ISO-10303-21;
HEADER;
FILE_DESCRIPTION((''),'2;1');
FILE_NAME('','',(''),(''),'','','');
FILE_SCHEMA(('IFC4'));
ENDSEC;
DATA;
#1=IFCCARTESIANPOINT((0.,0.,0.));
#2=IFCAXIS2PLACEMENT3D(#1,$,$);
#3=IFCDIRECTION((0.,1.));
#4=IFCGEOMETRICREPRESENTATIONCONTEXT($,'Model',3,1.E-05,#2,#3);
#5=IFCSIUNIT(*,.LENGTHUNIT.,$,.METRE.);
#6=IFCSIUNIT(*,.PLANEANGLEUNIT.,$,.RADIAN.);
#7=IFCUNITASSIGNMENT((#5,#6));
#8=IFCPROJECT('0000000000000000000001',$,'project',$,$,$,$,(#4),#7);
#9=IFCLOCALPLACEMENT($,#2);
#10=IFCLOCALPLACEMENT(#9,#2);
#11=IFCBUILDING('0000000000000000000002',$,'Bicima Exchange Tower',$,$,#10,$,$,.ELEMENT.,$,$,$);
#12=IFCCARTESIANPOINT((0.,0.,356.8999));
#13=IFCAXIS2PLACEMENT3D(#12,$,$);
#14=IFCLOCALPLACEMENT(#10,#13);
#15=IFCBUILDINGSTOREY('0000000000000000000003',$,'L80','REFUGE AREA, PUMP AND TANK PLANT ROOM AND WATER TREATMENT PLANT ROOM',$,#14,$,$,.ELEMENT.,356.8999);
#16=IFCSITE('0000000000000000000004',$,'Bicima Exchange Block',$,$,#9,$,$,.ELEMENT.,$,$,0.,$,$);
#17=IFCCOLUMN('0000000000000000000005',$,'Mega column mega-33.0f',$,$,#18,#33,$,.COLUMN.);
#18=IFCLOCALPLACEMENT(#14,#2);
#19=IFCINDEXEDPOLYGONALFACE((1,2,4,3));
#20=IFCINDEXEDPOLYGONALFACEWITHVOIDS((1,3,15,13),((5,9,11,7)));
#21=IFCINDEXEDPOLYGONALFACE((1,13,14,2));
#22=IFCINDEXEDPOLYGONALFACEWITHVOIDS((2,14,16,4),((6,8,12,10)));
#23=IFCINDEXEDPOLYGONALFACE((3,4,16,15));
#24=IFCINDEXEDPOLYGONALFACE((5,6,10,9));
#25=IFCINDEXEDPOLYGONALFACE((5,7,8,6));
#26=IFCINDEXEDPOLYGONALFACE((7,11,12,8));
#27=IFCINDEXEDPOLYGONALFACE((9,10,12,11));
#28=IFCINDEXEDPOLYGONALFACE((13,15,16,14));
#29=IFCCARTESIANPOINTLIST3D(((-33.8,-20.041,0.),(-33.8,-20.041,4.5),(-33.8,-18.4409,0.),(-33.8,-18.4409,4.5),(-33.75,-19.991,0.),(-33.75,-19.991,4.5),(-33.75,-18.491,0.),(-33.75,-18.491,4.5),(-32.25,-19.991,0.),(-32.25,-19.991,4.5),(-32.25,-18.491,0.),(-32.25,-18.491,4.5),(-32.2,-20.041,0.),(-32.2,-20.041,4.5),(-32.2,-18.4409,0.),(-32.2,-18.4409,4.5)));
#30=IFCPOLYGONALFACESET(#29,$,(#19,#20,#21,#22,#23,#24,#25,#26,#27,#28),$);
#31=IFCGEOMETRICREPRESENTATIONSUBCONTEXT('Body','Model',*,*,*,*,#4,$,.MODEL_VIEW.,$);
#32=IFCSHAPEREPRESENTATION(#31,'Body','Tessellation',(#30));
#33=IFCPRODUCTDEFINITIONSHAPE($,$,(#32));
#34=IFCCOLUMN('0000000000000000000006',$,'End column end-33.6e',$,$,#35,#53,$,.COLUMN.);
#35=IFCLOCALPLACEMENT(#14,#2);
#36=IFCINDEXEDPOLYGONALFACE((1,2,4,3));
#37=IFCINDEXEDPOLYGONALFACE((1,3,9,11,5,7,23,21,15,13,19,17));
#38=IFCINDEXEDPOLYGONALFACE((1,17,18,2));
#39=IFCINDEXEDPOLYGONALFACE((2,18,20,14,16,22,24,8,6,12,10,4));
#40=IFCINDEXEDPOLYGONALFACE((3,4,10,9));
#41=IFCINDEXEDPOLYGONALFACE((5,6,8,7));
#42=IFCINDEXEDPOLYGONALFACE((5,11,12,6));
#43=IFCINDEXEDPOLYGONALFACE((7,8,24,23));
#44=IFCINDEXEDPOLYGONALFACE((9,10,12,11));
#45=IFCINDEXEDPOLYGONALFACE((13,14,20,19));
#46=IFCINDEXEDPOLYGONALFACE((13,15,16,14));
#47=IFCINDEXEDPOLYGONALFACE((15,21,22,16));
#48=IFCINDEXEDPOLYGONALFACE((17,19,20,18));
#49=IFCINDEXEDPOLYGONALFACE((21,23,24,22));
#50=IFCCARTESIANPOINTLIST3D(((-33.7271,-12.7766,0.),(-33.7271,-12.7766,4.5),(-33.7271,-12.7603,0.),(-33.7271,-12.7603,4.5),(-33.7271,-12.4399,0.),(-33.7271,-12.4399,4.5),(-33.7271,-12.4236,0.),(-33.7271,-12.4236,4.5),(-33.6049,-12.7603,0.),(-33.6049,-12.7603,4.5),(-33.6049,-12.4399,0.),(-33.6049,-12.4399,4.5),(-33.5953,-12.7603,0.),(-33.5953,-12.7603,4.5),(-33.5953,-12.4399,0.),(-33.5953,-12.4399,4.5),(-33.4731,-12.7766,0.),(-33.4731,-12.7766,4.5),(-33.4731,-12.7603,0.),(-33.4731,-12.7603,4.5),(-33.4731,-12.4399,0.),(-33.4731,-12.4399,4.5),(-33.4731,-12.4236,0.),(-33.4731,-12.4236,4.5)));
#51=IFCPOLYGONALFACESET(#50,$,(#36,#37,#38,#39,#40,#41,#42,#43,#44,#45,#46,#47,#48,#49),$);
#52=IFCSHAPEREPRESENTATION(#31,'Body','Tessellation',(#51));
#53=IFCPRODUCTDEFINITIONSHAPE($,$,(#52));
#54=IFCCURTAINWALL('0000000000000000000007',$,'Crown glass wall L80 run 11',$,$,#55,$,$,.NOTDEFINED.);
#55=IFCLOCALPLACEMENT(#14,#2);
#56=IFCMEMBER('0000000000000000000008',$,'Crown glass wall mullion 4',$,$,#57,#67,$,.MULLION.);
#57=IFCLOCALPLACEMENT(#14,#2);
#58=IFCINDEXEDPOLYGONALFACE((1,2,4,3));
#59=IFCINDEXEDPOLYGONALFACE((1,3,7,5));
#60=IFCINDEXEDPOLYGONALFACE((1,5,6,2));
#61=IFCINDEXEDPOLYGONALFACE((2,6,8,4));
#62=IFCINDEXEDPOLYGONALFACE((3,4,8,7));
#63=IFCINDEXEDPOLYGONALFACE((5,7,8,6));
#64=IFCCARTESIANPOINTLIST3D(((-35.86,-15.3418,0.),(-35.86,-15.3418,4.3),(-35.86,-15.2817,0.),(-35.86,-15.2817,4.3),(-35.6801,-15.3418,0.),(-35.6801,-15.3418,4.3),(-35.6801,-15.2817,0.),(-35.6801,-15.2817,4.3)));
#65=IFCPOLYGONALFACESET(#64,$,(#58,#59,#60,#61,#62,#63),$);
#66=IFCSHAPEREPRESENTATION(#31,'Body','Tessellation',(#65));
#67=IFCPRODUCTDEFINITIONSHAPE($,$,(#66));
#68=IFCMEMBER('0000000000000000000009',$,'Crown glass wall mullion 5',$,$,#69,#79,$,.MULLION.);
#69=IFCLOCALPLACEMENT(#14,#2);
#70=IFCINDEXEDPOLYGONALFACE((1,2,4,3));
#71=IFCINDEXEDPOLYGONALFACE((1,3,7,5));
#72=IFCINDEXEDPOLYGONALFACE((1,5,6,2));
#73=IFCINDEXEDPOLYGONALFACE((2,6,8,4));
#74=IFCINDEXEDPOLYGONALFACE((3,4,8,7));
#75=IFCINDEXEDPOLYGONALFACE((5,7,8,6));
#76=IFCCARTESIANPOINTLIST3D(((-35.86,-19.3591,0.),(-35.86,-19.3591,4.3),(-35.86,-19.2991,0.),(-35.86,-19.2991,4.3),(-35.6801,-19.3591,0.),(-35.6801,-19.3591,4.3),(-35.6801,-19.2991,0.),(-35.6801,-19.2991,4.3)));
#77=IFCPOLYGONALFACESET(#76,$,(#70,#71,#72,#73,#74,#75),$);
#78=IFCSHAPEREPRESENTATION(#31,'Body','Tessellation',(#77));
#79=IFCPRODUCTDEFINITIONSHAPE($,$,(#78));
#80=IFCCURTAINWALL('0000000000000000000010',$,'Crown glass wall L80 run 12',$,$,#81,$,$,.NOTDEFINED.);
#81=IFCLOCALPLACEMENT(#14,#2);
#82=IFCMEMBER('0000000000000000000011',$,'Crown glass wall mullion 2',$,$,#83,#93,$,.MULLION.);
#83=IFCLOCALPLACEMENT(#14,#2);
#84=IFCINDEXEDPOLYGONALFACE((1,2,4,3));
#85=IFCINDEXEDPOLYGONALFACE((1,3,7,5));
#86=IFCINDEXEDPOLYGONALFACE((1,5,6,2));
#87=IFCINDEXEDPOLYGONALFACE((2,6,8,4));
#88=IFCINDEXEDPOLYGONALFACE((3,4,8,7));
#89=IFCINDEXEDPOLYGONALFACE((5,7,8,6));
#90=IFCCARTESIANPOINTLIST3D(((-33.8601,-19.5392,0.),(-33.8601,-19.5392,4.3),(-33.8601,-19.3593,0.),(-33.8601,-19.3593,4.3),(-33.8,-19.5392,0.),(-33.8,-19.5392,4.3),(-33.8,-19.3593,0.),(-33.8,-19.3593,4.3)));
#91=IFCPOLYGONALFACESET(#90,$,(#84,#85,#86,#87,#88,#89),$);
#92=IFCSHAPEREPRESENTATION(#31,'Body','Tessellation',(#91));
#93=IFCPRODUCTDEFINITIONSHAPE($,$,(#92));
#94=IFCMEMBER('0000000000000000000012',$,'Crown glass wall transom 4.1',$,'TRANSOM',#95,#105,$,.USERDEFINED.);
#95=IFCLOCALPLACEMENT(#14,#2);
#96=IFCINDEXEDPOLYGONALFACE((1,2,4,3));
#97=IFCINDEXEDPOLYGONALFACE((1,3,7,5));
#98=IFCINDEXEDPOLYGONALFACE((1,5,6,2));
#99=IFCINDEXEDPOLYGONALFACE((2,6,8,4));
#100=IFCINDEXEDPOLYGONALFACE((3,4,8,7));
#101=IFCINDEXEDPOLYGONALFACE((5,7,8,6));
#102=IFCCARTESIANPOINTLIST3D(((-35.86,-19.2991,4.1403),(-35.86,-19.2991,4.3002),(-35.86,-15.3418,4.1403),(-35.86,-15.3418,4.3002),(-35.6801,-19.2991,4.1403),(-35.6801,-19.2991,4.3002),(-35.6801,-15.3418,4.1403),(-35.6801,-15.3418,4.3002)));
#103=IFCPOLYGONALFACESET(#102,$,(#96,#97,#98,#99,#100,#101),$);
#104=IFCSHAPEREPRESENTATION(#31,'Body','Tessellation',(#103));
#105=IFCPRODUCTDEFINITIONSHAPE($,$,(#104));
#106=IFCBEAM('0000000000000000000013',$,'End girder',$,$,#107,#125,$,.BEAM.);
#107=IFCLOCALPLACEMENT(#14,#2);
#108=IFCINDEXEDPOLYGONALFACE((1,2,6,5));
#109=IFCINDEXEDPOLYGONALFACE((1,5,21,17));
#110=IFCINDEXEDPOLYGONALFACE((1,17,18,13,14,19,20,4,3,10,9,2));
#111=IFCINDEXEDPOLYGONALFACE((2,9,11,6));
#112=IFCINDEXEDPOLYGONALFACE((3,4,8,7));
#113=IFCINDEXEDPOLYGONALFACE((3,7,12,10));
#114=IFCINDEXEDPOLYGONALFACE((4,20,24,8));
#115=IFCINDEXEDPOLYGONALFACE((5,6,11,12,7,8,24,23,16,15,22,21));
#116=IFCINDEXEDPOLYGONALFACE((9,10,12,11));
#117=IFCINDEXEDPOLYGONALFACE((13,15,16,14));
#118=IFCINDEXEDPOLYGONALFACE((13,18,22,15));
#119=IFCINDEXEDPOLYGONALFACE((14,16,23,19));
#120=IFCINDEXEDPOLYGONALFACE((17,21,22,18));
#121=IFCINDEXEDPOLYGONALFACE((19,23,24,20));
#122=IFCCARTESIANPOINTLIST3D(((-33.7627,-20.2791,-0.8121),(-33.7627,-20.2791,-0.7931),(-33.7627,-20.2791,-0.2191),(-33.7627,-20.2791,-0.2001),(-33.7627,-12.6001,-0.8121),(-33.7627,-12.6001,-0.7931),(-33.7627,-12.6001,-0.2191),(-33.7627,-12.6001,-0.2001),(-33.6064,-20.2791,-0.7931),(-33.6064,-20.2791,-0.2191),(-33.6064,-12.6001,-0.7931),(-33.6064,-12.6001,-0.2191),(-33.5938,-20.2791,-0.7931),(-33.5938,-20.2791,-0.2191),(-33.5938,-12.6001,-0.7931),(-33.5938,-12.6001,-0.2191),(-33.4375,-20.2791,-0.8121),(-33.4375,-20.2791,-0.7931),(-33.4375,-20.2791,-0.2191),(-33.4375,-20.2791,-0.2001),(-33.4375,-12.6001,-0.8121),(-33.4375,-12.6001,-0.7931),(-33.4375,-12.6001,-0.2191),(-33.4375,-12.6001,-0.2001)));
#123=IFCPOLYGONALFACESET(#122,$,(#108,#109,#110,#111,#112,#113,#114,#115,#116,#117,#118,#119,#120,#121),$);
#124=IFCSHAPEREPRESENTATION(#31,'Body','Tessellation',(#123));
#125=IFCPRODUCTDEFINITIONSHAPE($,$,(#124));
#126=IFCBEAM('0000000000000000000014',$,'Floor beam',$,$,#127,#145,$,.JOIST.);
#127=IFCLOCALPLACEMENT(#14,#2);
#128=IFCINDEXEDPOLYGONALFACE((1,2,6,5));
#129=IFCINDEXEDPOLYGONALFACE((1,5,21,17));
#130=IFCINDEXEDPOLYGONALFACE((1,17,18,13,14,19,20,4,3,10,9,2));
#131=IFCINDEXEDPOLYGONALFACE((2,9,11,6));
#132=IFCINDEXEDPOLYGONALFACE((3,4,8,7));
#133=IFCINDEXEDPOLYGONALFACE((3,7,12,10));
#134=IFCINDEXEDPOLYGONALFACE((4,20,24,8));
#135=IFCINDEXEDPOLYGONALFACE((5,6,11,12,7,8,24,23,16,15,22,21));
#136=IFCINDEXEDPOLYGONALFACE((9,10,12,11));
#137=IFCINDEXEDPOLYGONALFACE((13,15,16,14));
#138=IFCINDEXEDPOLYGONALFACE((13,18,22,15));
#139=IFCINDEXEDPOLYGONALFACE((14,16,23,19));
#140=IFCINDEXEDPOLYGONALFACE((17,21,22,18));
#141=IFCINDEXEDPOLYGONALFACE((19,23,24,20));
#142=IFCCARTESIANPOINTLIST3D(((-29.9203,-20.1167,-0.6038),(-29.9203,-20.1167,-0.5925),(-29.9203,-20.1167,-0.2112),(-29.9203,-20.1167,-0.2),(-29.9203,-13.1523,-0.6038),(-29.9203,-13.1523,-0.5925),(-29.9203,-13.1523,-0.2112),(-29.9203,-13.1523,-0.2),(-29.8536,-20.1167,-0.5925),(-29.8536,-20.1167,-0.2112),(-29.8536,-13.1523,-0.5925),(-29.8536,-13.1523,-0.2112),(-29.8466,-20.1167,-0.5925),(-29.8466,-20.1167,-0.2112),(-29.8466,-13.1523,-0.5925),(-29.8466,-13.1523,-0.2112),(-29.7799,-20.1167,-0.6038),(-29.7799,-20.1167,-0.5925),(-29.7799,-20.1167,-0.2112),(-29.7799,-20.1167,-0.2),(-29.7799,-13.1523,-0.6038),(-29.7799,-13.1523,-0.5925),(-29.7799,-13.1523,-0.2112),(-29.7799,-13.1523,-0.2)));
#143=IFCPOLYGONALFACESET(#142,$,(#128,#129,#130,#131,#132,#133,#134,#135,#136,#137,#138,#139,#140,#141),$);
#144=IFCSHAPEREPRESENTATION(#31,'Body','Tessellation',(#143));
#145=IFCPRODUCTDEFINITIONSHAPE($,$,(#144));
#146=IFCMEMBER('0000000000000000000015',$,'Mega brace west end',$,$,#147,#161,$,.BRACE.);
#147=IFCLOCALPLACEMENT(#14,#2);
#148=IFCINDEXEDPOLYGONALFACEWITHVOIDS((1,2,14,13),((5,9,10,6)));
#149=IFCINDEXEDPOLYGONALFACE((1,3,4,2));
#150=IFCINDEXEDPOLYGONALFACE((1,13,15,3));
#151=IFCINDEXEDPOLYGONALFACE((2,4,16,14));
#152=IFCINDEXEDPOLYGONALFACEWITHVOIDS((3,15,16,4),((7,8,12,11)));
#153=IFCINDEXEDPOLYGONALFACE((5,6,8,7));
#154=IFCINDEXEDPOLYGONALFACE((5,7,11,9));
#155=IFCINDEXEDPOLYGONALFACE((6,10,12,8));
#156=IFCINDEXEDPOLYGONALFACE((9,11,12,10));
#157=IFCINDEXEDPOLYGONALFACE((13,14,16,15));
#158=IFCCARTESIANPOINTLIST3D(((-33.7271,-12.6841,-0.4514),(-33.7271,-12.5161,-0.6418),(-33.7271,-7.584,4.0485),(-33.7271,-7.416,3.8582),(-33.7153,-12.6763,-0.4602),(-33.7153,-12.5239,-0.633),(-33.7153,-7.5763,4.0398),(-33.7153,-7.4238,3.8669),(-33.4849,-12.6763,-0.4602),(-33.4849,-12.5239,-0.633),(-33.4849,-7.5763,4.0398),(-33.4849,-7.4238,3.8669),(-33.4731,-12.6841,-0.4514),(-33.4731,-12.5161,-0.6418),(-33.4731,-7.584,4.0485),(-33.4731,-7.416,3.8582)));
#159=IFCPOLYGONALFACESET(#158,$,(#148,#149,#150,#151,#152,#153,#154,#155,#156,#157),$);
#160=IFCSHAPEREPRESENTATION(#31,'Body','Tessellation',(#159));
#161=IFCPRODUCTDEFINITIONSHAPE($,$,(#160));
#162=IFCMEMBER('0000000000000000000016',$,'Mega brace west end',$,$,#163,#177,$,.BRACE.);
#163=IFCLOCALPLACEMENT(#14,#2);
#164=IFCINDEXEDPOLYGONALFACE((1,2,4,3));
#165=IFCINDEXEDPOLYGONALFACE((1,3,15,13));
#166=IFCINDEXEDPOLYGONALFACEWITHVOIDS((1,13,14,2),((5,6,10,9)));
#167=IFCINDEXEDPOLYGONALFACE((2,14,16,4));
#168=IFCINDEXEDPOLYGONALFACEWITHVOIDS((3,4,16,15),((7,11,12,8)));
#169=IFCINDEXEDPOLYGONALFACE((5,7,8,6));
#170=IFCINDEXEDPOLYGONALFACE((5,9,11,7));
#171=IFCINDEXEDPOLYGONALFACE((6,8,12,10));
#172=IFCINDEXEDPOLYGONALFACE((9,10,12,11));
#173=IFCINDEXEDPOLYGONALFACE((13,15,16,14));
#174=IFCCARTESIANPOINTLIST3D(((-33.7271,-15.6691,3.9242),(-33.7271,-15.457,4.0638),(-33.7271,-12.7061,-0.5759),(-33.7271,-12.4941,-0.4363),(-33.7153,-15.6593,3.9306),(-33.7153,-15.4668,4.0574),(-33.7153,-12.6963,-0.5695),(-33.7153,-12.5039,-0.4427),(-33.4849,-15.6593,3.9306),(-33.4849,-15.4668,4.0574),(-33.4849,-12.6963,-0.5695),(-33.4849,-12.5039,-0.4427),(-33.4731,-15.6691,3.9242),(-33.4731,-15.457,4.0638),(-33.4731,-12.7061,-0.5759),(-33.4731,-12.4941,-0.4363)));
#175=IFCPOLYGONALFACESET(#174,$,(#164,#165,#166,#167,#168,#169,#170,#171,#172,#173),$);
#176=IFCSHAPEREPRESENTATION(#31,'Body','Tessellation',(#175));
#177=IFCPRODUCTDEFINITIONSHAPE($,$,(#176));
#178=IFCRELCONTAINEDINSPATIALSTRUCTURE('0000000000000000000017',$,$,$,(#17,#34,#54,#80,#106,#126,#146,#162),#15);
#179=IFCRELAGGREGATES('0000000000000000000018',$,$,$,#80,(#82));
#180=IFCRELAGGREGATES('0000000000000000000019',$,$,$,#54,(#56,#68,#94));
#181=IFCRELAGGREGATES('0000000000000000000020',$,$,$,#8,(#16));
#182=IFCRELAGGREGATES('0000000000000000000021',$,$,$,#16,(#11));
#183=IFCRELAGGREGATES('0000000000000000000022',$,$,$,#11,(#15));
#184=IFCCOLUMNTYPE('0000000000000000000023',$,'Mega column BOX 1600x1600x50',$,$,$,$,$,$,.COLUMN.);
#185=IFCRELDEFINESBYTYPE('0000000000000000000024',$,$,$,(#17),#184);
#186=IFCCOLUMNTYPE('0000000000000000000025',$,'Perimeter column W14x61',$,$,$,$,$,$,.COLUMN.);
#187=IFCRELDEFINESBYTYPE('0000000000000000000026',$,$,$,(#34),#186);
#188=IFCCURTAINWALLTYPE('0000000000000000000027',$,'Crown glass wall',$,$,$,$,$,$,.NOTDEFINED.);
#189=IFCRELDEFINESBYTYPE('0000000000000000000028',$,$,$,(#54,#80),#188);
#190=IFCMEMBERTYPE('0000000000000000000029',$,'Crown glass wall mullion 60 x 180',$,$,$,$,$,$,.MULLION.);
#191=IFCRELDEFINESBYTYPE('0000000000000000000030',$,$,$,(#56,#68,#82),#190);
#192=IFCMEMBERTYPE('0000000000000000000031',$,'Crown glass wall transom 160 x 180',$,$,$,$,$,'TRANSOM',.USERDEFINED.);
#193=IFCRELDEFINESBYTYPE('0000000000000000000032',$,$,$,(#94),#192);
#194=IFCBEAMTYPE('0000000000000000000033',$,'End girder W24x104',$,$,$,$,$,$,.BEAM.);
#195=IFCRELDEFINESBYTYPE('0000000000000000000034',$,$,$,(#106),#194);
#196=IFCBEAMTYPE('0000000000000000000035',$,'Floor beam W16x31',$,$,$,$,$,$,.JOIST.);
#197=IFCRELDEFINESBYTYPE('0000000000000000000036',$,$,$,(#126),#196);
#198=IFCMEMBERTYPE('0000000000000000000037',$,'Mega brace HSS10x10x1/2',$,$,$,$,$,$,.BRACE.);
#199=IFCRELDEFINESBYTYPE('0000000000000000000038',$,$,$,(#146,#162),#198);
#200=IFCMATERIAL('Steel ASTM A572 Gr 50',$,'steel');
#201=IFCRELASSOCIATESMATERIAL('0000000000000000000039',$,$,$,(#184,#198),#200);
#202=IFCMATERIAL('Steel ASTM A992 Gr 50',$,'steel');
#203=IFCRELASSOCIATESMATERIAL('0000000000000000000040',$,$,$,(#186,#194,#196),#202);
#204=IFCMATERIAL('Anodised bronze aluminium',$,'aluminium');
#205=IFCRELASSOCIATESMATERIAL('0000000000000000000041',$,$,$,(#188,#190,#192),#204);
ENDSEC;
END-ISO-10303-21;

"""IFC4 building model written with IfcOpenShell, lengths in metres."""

from ifc_helpers import new_model, si_unit, direction, frame, origin, origin_2d, place, context, subcontext, project, spatial, rectangle, hollow_rectangle, i_section, extrude, material, material_profile, profile_set, type_object, element, aggregate, save


model = new_model("IFC4")

# Units and contexts
model_context = context("Model", 3, precision=1e-05, world=origin(), true_north=direction((0.0, 1.0)))
body_context = subcontext(model_context, "Body", "Model", "MODEL_VIEW")
ifc_project = project(units=[si_unit("LENGTHUNIT", "METRE"), si_unit("PLANEANGLEUNIT", "RADIAN")], contexts=[model_context])

# Site, building, storey
site_placement = place(None, origin())
site = spatial("IfcSite", under=ifc_project, at=site_placement, Name="Bicima Exchange Block", CompositionType="ELEMENT", RefElevation=0.0)
building_placement = place(site_placement, origin())
building = spatial("IfcBuilding", under=site, at=building_placement, Name="Bicima Exchange Tower", CompositionType="ELEMENT")
storey_placement = place(building_placement, frame((0.0, 0.0, 356.8999)))
storey = spatial("IfcBuildingStorey", under=building, at=storey_placement, Name="L80", Description="REFUGE AREA, PUMP AND TANK PLANT ROOM AND WATER TREATMENT PLANT ROOM", CompositionType="ELEMENT", Elevation=356.8999)

# Columns
ifc_material_1 = material(Name="Steel ASTM A572 Gr 50", Category="steel")
ifc_material_profile_1 = material_profile(ifc_material_1, hollow_rectangle(XDim=1.6001, YDim=1.6001, WallThickness=0.05, at=origin_2d()))
ifc_profile_set_1 = profile_set([ifc_material_profile_1], Name="Steel ASTM A572 Gr 50")
column_type_1 = type_object("IfcColumnType", Name="Mega column BOX 1600x1600x50", PredefinedType="COLUMN", material=ifc_profile_set_1)
column_1_placement = place(storey_placement, frame((-33.0, -19.241, 0.0), z_axis=(0.0, 0.0, 1.0), x_axis=(1.0, 0.0, 0.0)))
element("IfcColumn", 1, at=column_1_placement, inside=storey, type_object=column_type_1, Name="Mega column mega-33.0f", PredefinedType="COLUMN", context=body_context, shape_type="SweptSolid", body=[
    extrude(hollow_rectangle(XDim=1.6001, YDim=1.6001, WallThickness=0.05, at=origin_2d()), origin(), (0.0, 0.0, 1.0), 4.5),
])
ifc_material_2 = material(Name="Steel ASTM A992 Gr 50", Category="steel")
ifc_material_profile_2 = material_profile(ifc_material_2, i_section(OverallWidth=0.2539, OverallDepth=0.353, WebThickness=0.0095, FlangeThickness=0.0164, at=origin_2d()))
ifc_profile_set_2 = profile_set([ifc_material_profile_2], Name="Steel ASTM A992 Gr 50")
column_type_2 = type_object("IfcColumnType", Name="Perimeter column W14x61", PredefinedType="COLUMN", material=ifc_profile_set_2)
column_2_placement = place(storey_placement, frame((-33.6001, -12.6001, 0.0), z_axis=(0.0, 0.0, 1.0), x_axis=(1.0, 0.0, 0.0)))
element("IfcColumn", 2, at=column_2_placement, inside=storey, type_object=column_type_2, Name="End column end-33.6e", PredefinedType="COLUMN", context=body_context, shape_type="SweptSolid", body=[
    extrude(i_section(OverallWidth=0.2539, OverallDepth=0.353, WebThickness=0.0095, FlangeThickness=0.0164, at=origin_2d()), origin(), (0.0, 0.0, 1.0), 4.5),
])

# Curtain wall, members
ifc_material_3 = material(Name="Anodised bronze aluminium", Category="aluminium")
curtain_wall_type = type_object("IfcCurtainWallType", Name="Crown glass wall", PredefinedType="NOTDEFINED", material=ifc_material_3)
curtain_wall_1_placement = place(storey_placement, origin())
curtain_wall_1 = element("IfcCurtainWall", 3, at=curtain_wall_1_placement, inside=storey, type_object=curtain_wall_type, Name="Crown glass wall L80 run 11", PredefinedType="NOTDEFINED")
ifc_material_profile_3 = material_profile(ifc_material_3, rectangle(XDim=0.1799, YDim=0.0601, at=origin_2d()))
ifc_profile_set_3 = profile_set([ifc_material_profile_3], Name="Anodised bronze aluminium")
member_type_1 = type_object("IfcMemberType", Name="Crown glass wall mullion 60 x 180", PredefinedType="MULLION", material=ifc_profile_set_3)
member_1_placement = place(storey_placement, frame((-35.77, -15.3118, 0.0), z_axis=(0.0, 0.0, 1.0), x_axis=(1.0, 0.0, 0.0)))
member_1 = element("IfcMember", 4, at=member_1_placement, type_object=member_type_1, Name="Crown glass wall mullion 4", PredefinedType="MULLION", context=body_context, shape_type="SweptSolid", body=[
    extrude(rectangle(XDim=0.1799, YDim=0.0601, at=origin_2d()), origin(), (0.0, 0.0, 1.0), 4.3),
])
member_2_placement = place(storey_placement, frame((-35.77, -19.3291, 0.0), z_axis=(0.0, 0.0, 1.0), x_axis=(1.0, 0.0, 0.0)))
member_2 = element("IfcMember", 5, at=member_2_placement, type_object=member_type_1, Name="Crown glass wall mullion 5", PredefinedType="MULLION", context=body_context, shape_type="SweptSolid", body=[
    extrude(rectangle(XDim=0.1799, YDim=0.0601, at=origin_2d()), origin(), (0.0, 0.0, 1.0), 4.3),
])

# Curtain wall, member
curtain_wall_2_placement = place(storey_placement, origin())
curtain_wall_2 = element("IfcCurtainWall", 6, at=curtain_wall_2_placement, inside=storey, type_object=curtain_wall_type, Name="Crown glass wall L80 run 12", PredefinedType="NOTDEFINED")
member_3_placement = place(storey_placement, frame((-33.8301, -19.4492, 0.0), z_axis=(0.0, 0.0, 1.0), x_axis=(0.0, 1.0, 0.0)))
member_3 = element("IfcMember", 7, at=member_3_placement, type_object=member_type_1, Name="Crown glass wall mullion 2", PredefinedType="MULLION", context=body_context, shape_type="SweptSolid", body=[
    extrude(rectangle(XDim=0.1799, YDim=0.0601, at=origin_2d()), origin(), (0.0, 0.0, 1.0), 4.3),
])
aggregate(curtain_wall_2, [member_3])

# Member
ifc_material_profile_4 = material_profile(ifc_material_3, rectangle(XDim=0.1799, YDim=0.1599, at=origin_2d()))
ifc_profile_set_4 = profile_set([ifc_material_profile_4], Name="Anodised bronze aluminium")
member_type_2 = type_object("IfcMemberType", Name="Crown glass wall transom 160 x 180", ElementType="TRANSOM", PredefinedType="USERDEFINED", material=ifc_profile_set_4)
member_4_placement = place(storey_placement, frame((-35.77, -15.3418, 4.2202), z_axis=(0.0, -1.0, 0.0), x_axis=(1.0, 0.0, 0.0)))
member_4 = element("IfcMember", 8, at=member_4_placement, type_object=member_type_2, Name="Crown glass wall transom 4.1", ObjectType="TRANSOM", PredefinedType="USERDEFINED", context=body_context, shape_type="SweptSolid", body=[
    extrude(rectangle(XDim=0.1799, YDim=0.1599, at=origin_2d()), origin(), (0.0, 0.0, 1.0), 3.9573),
])

# Beams
ifc_material_profile_5 = material_profile(ifc_material_2, i_section(OverallWidth=0.3252, OverallDepth=0.6121, WebThickness=0.0127, FlangeThickness=0.019, at=origin_2d()))
ifc_profile_set_5 = profile_set([ifc_material_profile_5], Name="Steel ASTM A992 Gr 50")
beam_type_1 = type_object("IfcBeamType", Name="End girder W24x104", PredefinedType="BEAM", material=ifc_profile_set_5)
beam_1_placement = place(storey_placement, frame((-33.6001, -12.6001, -0.5061), z_axis=(0.0, -1.0, 0.0), x_axis=(1.0, 0.0, 0.0)))
element("IfcBeam", 9, at=beam_1_placement, inside=storey, type_object=beam_type_1, Name="End girder", PredefinedType="BEAM", context=body_context, shape_type="SweptSolid", body=[
    extrude(i_section(OverallWidth=0.3252, OverallDepth=0.6121, WebThickness=0.0127, FlangeThickness=0.019, at=origin_2d()), origin(), (0.0, 0.0, 1.0), 7.679),
])
ifc_material_profile_6 = material_profile(ifc_material_2, i_section(OverallWidth=0.1404, OverallDepth=0.4038, WebThickness=0.0071, FlangeThickness=0.0112, at=origin_2d()))
ifc_profile_set_6 = profile_set([ifc_material_profile_6], Name="Steel ASTM A992 Gr 50")
beam_type_2 = type_object("IfcBeamType", Name="Floor beam W16x31", PredefinedType="JOIST", material=ifc_profile_set_6)
beam_2_placement = place(storey_placement, frame((-29.8501, -13.1523, -0.4019), z_axis=(0.0, -1.0, 0.0), x_axis=(1.0, 0.0, 0.0)))
element("IfcBeam", 10, at=beam_2_placement, inside=storey, type_object=beam_type_2, Name="Floor beam", PredefinedType="JOIST", context=body_context, shape_type="SweptSolid", body=[
    extrude(i_section(OverallWidth=0.1404, OverallDepth=0.4038, WebThickness=0.0071, FlangeThickness=0.0112, at=origin_2d()), origin(), (0.0, 0.0, 1.0), 6.9644),
])

# Members
ifc_material_profile_7 = material_profile(ifc_material_1, hollow_rectangle(XDim=0.2539, YDim=0.2539, WallThickness=0.0117, at=origin_2d()))
ifc_profile_set_7 = profile_set([ifc_material_profile_7], Name="Steel ASTM A572 Gr 50")
member_type_3 = type_object("IfcMemberType", Name="Mega brace HSS10x10x1/2", PredefinedType="BRACE", material=ifc_profile_set_7)
member_5_placement = place(storey_placement, frame((-33.6001, -12.6001, -0.5466), z_axis=(0.0, 0.749844, 0.661615), x_axis=(-1.0, 0.0, 0.0)))
element("IfcMember", 11, at=member_5_placement, inside=storey, type_object=member_type_3, Name="Mega brace west end", PredefinedType="BRACE", context=body_context, shape_type="SweptSolid", body=[
    extrude(hollow_rectangle(XDim=0.2539, YDim=0.2539, WallThickness=0.0117, at=origin_2d()), origin(), (0.0, 0.0, 1.0), 6.8015),
])
member_6_placement = place(storey_placement, frame((-33.6001, -12.6001, -0.5061), z_axis=(0.0, -0.549923, 0.835216), x_axis=(1.0, 0.0, 0.0)))
element("IfcMember", 12, at=member_6_placement, inside=storey, type_object=member_type_3, Name="Mega brace west end", PredefinedType="BRACE", context=body_context, shape_type="SweptSolid", body=[
    extrude(hollow_rectangle(XDim=0.2539, YDim=0.2539, WallThickness=0.0117, at=origin_2d()), origin(), (0.0, 0.0, 1.0), 5.3879),
])

aggregate(curtain_wall_1, [member_1, member_2, member_4])

save(model, "model.ifc")
